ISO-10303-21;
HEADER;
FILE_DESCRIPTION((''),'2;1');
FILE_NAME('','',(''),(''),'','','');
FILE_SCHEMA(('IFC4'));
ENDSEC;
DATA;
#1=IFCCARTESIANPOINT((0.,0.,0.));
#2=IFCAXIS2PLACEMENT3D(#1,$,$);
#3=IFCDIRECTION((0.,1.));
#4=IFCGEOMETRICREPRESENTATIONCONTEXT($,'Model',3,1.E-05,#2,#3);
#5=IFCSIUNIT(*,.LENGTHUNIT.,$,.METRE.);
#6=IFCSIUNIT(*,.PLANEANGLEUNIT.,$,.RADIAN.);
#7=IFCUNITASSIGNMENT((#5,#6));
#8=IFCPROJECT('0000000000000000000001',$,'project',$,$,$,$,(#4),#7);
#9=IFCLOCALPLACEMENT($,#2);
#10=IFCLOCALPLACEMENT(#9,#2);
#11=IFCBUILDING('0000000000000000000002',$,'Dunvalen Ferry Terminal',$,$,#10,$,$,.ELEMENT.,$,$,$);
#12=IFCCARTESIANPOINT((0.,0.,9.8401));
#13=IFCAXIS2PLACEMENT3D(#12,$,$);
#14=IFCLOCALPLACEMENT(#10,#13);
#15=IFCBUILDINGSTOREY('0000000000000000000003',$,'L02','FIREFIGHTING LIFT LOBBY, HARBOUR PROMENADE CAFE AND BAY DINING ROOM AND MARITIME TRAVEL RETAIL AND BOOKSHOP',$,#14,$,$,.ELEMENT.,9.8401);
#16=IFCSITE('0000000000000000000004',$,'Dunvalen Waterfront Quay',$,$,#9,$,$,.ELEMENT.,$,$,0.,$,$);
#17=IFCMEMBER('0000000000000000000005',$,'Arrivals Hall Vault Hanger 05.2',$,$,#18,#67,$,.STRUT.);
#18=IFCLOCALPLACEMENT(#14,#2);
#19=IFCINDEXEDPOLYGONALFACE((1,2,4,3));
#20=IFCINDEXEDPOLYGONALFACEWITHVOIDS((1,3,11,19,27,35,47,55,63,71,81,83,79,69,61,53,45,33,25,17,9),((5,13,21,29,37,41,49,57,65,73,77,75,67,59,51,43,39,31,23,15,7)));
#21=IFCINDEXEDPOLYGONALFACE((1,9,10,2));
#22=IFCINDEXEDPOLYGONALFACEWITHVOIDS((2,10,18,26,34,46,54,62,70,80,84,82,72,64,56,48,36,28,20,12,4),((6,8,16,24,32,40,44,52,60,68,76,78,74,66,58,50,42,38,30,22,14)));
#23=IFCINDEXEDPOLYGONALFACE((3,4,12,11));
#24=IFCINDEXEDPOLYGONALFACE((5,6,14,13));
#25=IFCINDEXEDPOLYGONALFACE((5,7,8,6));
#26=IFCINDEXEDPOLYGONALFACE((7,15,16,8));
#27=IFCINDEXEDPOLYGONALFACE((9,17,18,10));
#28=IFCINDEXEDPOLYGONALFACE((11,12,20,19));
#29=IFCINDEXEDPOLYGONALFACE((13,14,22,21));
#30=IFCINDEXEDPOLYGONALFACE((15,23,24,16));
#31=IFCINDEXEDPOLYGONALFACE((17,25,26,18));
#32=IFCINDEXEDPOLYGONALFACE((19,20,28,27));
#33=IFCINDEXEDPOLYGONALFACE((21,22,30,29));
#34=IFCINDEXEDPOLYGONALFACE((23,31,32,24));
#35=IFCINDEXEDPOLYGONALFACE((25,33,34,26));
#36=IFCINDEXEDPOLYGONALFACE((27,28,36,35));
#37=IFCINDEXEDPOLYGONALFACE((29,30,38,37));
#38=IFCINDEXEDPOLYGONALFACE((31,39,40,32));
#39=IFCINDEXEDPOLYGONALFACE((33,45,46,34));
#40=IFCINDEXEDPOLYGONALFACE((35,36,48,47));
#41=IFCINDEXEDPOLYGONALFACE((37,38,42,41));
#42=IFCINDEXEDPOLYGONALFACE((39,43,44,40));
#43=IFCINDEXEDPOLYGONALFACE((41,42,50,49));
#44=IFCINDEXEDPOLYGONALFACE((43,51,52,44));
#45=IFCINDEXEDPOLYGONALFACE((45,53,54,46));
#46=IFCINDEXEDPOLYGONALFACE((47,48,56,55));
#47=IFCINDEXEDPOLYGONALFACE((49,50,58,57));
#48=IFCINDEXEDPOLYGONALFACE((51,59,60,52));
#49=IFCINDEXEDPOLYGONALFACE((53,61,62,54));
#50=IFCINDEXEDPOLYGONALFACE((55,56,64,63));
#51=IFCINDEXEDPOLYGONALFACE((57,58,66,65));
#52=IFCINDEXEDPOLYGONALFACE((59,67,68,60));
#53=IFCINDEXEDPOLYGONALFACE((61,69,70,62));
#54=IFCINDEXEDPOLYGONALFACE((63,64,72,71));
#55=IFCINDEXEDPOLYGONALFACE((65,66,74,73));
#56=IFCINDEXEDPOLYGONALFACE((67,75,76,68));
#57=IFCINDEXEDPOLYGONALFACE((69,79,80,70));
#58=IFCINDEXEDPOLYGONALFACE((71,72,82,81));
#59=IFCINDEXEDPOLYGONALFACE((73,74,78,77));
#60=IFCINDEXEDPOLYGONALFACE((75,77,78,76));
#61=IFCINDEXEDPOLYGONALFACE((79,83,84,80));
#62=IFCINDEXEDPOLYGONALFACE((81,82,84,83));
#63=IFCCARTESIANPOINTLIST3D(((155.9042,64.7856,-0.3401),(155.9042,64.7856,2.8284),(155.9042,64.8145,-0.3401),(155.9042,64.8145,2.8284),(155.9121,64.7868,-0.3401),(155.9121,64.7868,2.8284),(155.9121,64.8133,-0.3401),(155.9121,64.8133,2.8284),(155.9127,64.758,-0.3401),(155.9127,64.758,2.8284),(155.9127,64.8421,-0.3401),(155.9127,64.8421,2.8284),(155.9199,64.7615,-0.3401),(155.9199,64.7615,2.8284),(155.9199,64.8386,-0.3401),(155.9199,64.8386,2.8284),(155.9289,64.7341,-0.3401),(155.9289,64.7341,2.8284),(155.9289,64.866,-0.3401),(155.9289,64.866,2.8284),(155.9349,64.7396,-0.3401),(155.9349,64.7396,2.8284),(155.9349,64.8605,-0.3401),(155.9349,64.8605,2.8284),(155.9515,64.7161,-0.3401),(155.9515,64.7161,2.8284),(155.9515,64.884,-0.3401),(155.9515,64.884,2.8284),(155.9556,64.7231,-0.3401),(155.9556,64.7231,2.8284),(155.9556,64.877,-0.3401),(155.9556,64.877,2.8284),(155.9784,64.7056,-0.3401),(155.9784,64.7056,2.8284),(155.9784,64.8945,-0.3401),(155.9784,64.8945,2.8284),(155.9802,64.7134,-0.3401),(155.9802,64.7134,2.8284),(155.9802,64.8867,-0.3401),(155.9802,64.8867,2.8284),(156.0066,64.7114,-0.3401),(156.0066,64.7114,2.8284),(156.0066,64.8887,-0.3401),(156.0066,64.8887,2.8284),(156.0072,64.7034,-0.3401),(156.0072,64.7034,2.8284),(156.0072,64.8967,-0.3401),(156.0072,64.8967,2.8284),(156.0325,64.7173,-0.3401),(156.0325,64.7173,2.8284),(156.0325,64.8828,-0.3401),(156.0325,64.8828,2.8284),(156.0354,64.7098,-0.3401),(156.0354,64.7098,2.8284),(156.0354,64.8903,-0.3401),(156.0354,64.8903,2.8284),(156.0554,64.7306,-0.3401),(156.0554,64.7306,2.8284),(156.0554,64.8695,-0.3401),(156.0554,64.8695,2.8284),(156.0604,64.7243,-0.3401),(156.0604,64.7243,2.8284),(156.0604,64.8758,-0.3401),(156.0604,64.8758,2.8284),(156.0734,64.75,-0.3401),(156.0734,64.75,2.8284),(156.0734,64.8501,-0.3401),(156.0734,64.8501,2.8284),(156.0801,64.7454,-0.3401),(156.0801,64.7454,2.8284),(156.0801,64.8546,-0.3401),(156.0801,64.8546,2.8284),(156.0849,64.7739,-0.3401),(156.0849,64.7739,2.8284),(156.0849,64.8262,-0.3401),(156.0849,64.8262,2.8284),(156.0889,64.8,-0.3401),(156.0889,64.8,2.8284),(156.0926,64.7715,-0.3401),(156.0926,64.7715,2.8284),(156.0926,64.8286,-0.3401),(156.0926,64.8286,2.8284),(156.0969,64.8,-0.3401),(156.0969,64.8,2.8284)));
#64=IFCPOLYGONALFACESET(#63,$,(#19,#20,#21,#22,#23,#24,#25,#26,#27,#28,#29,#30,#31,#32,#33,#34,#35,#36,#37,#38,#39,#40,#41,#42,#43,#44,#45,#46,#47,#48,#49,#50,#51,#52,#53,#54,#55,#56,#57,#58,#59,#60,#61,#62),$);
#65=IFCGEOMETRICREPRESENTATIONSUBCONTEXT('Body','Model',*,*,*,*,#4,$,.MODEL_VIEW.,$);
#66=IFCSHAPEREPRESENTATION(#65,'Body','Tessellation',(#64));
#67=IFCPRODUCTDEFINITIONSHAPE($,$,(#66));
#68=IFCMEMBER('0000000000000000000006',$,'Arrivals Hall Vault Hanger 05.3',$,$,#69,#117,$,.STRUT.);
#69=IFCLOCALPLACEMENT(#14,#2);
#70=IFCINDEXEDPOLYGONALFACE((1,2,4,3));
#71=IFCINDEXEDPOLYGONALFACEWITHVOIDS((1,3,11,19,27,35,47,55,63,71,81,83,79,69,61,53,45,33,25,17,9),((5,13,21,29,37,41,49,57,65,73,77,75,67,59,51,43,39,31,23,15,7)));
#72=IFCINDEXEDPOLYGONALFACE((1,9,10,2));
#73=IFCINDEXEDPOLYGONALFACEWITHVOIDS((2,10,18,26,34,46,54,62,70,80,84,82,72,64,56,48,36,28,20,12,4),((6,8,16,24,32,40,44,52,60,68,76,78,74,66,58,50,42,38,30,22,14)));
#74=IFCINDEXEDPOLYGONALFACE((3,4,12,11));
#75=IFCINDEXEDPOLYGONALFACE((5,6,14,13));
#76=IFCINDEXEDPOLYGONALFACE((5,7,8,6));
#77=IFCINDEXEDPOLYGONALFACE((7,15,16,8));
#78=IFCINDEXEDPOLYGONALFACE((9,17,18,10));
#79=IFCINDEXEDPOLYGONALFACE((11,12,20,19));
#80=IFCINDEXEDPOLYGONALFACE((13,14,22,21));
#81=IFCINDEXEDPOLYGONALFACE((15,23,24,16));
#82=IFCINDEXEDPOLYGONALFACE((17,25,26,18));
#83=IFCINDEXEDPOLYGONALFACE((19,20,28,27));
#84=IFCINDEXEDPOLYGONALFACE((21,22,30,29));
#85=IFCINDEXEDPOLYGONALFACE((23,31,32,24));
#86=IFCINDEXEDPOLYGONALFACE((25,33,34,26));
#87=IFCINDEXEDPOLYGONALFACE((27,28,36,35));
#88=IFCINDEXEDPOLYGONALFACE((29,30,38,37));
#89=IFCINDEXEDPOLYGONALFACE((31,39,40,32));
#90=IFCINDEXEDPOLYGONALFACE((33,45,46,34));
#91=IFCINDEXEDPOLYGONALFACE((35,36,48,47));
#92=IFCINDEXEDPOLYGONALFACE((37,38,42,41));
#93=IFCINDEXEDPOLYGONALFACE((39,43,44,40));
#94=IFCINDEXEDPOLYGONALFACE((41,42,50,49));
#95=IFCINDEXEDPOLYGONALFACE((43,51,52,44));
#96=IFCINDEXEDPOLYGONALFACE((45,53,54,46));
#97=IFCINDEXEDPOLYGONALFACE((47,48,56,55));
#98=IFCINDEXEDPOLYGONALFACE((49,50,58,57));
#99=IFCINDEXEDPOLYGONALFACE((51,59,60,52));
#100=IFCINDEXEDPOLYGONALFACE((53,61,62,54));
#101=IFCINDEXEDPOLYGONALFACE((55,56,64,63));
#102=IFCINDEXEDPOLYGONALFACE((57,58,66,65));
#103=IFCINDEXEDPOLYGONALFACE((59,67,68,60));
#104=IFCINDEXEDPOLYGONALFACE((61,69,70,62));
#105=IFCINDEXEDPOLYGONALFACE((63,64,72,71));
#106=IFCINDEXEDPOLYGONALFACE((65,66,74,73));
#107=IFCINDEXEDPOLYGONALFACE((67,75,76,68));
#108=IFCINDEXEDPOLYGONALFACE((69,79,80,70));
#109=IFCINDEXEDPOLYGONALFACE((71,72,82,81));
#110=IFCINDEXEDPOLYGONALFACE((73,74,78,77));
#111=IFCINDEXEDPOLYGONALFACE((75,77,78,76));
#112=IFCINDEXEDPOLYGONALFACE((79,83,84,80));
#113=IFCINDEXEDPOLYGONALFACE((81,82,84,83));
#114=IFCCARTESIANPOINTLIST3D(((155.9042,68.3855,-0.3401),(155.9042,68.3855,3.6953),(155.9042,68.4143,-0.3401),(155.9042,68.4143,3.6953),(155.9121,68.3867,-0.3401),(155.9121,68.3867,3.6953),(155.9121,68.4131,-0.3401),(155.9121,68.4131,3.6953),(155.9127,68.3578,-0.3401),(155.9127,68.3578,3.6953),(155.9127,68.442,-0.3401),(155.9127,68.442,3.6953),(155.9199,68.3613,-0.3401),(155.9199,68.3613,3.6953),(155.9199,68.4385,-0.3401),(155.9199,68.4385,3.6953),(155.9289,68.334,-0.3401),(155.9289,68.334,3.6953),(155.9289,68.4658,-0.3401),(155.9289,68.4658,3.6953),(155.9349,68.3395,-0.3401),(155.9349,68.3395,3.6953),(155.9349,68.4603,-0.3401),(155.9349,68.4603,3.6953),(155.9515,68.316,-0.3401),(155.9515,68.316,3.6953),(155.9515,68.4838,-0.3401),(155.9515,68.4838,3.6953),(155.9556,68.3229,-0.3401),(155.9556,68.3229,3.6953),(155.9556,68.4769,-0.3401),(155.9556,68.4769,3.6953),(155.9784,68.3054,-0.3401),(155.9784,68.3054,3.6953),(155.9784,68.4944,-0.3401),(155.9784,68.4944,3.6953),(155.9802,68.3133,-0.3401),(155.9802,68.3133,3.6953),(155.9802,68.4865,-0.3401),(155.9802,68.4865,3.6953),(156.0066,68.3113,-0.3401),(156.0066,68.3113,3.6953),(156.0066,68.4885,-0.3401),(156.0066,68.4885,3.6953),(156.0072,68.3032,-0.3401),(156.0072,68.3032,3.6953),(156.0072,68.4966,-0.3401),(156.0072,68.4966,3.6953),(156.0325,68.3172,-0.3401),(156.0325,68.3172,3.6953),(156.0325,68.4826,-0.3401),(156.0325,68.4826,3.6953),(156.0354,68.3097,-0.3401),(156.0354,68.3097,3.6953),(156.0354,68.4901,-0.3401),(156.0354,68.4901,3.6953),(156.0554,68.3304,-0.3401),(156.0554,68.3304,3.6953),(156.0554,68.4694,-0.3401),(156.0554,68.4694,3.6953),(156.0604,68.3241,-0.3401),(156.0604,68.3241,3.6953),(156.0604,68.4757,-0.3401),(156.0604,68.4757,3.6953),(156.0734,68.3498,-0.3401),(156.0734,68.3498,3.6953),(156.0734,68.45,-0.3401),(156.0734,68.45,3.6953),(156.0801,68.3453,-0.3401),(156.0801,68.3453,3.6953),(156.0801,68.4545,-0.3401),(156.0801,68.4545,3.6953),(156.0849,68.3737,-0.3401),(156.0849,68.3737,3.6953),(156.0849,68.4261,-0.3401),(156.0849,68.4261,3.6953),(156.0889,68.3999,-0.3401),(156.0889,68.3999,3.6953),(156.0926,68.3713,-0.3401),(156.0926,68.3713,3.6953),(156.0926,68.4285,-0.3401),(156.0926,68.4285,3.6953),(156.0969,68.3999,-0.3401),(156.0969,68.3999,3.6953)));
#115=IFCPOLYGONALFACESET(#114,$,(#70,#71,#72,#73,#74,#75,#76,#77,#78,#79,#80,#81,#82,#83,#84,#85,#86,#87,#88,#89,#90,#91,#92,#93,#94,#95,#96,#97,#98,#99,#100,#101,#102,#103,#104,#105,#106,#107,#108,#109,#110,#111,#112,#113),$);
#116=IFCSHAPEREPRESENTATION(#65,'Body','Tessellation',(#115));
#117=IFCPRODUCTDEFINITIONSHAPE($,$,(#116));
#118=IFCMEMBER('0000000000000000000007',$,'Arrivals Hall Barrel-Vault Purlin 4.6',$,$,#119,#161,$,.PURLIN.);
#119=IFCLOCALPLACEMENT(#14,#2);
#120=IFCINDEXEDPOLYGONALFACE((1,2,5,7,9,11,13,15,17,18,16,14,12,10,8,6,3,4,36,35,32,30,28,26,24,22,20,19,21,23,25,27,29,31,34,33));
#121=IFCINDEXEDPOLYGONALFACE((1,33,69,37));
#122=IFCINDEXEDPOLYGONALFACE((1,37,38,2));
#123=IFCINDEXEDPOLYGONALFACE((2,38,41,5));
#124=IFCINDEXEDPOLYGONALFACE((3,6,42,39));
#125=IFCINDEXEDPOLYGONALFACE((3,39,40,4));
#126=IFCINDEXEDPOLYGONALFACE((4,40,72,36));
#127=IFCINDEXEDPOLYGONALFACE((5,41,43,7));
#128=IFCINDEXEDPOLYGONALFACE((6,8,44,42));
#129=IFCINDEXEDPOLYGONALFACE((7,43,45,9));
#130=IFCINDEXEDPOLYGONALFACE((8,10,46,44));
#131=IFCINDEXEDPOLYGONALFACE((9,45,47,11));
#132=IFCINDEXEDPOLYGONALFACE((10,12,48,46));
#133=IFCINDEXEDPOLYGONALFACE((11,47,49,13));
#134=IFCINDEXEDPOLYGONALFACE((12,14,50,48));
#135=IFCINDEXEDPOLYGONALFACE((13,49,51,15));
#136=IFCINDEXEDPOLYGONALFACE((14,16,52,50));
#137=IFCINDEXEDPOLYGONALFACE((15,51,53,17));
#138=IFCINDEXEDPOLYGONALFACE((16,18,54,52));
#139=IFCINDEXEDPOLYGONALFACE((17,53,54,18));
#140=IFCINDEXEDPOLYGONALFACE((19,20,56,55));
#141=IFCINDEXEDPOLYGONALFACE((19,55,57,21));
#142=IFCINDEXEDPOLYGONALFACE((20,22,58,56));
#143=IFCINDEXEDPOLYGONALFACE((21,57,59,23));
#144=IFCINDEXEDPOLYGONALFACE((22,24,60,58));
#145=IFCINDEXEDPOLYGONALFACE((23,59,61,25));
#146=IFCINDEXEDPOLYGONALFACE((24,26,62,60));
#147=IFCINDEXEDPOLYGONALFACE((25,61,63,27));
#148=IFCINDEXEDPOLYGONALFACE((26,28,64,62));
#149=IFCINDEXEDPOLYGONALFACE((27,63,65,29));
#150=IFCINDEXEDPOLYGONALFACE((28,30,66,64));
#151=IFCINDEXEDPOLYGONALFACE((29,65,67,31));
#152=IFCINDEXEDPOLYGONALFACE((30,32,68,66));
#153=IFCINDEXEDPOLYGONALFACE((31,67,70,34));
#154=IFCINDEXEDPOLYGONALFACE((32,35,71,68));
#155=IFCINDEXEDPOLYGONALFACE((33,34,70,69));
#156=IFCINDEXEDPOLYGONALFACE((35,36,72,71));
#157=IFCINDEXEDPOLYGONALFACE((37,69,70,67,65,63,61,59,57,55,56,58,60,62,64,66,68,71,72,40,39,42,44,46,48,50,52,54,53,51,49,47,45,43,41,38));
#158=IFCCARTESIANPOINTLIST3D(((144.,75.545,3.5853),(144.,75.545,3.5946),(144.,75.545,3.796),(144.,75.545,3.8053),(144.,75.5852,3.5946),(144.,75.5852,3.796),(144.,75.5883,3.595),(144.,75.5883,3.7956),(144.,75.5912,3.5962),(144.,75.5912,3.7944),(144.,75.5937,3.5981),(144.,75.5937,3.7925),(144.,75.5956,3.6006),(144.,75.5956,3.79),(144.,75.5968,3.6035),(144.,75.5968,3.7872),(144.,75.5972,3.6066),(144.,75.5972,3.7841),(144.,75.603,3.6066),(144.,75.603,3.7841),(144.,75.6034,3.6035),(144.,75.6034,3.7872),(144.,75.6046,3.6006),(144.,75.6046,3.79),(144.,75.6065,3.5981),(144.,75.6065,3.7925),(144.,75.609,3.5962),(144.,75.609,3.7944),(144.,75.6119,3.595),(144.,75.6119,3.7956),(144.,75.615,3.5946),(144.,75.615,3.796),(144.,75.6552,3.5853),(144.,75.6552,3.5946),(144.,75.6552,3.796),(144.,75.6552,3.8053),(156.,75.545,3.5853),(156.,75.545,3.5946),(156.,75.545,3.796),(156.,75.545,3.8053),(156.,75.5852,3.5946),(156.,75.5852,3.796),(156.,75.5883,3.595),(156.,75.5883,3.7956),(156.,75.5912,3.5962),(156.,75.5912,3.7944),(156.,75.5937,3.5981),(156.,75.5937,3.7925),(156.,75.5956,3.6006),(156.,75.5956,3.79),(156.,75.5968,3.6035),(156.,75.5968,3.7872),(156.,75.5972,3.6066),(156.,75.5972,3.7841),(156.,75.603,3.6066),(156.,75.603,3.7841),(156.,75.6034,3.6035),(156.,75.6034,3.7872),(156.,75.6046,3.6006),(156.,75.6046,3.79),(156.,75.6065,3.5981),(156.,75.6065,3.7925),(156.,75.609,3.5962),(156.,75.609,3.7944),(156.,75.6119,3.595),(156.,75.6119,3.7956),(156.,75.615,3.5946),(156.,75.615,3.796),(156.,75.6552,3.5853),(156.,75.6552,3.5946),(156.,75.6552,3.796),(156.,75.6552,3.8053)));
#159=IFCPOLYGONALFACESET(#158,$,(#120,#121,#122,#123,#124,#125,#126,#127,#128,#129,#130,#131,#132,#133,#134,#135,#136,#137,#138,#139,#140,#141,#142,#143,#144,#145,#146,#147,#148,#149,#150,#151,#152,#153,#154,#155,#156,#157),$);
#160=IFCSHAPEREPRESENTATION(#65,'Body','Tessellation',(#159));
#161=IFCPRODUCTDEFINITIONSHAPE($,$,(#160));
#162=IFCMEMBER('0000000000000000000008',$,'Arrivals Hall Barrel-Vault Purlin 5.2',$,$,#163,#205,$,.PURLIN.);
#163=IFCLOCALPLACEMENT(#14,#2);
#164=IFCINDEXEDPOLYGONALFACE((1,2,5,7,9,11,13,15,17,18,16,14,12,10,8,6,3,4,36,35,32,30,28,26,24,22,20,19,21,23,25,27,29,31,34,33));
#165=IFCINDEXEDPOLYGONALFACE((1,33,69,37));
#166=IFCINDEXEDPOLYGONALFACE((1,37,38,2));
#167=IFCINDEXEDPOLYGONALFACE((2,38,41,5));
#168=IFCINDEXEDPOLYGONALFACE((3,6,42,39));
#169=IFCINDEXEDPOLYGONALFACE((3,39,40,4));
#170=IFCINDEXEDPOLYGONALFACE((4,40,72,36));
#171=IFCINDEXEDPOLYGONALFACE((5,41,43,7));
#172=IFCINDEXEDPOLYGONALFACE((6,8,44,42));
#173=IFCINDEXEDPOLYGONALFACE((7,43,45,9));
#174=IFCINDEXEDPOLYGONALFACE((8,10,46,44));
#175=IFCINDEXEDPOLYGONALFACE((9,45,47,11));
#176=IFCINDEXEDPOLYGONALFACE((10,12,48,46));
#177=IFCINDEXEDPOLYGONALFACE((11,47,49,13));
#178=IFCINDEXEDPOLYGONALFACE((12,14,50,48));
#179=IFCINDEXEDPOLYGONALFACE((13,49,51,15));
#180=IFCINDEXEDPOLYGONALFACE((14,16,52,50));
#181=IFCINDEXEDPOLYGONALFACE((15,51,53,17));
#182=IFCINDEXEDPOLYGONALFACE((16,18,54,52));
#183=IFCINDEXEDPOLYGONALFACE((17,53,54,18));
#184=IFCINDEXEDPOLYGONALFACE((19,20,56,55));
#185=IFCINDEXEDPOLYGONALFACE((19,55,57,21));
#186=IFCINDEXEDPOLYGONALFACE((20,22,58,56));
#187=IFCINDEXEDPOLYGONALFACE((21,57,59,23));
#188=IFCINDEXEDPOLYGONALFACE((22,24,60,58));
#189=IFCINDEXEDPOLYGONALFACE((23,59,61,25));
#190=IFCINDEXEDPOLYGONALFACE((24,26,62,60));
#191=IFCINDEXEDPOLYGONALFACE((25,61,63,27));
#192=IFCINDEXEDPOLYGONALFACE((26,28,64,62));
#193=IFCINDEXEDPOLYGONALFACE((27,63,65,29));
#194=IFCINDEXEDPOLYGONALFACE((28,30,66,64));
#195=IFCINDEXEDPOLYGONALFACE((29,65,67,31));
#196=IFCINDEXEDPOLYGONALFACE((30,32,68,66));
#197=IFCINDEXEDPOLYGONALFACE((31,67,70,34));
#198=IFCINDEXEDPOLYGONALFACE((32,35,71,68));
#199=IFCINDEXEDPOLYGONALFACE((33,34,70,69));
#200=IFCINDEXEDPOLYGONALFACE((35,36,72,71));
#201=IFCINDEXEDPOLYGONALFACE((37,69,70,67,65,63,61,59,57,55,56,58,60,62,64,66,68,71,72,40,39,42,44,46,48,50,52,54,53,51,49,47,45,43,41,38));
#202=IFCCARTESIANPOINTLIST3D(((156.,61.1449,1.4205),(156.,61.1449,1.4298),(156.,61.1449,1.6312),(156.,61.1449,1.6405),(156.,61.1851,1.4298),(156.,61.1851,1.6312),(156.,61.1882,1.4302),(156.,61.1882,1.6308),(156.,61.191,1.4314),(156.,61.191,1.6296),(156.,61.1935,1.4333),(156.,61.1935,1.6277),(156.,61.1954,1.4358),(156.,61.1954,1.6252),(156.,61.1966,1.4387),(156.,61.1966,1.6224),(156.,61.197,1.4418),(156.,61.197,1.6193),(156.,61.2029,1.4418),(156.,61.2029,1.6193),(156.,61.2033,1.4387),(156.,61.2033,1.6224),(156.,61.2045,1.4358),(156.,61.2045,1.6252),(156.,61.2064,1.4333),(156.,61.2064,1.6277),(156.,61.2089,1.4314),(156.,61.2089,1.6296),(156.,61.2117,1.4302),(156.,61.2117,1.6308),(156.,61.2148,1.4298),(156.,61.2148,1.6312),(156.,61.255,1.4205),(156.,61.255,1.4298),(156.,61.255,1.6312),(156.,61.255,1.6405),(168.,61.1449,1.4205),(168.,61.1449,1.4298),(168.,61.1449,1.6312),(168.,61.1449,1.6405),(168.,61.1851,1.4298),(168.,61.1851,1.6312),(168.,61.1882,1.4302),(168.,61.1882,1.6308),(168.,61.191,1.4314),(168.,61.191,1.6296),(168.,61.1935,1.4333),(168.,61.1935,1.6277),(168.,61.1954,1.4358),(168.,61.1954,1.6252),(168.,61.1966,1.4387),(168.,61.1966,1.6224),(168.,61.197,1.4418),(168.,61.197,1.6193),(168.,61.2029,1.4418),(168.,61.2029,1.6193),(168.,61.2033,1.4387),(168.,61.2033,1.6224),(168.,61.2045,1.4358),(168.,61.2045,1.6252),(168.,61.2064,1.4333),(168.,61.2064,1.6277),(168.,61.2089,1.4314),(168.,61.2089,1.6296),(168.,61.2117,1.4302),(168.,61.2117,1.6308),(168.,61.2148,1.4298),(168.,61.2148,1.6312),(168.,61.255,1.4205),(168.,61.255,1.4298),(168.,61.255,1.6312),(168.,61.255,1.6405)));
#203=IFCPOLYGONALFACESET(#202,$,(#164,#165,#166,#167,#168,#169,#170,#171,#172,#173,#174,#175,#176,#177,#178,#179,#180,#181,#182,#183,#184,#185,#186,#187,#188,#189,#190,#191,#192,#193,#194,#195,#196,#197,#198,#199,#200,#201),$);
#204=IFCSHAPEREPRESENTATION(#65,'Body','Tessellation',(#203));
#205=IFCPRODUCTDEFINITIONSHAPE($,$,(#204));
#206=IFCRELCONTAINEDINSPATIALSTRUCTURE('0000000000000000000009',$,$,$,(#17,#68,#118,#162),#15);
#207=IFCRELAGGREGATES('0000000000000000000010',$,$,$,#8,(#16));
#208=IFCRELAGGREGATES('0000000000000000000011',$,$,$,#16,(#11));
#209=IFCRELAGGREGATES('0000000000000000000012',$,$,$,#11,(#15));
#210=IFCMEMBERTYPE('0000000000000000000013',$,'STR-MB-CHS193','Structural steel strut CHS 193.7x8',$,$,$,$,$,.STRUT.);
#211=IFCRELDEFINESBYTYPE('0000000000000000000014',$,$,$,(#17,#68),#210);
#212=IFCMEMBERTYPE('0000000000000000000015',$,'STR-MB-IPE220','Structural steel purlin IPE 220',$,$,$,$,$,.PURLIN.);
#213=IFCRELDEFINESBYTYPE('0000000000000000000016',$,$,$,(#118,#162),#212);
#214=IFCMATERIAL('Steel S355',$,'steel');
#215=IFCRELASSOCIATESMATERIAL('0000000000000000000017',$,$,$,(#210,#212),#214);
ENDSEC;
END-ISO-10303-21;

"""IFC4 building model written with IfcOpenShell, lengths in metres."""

from ifc_helpers import new_model, si_unit, direction, frame, origin, origin_2d, place, context, subcontext, project, spatial, hollow_circle, i_section, extrude, material, material_profile, profile_set, type_object, element, save


model = new_model("IFC4")

# Units and contexts
model_context = context("Model", 3, precision=1e-05, world=origin(), true_north=direction((0.0, 1.0)))
body_context = subcontext(model_context, "Body", "Model", "MODEL_VIEW")
ifc_project = project(units=[si_unit("LENGTHUNIT", "METRE"), si_unit("PLANEANGLEUNIT", "RADIAN")], contexts=[model_context])

# Site, building, storey
site_placement = place(None, origin())
site = spatial("IfcSite", under=ifc_project, at=site_placement, Name="Dunvalen Waterfront Quay", CompositionType="ELEMENT", RefElevation=0.0)
building_placement = place(site_placement, origin())
building = spatial("IfcBuilding", under=site, at=building_placement, Name="Dunvalen Ferry Terminal", CompositionType="ELEMENT")
storey_placement = place(building_placement, frame((0.0, 0.0, 9.8401)))
storey = spatial("IfcBuildingStorey", under=building, at=storey_placement, Name="L02", Description="FIREFIGHTING LIFT LOBBY, HARBOUR PROMENADE CAFE AND BAY DINING ROOM AND MARITIME TRAVEL RETAIL AND BOOKSHOP", CompositionType="ELEMENT", Elevation=9.8401)

# Shared definitions
ifc_material_1 = material(Name="Steel S355", Category="steel")

# Members
ifc_material_profile_1 = material_profile(ifc_material_1, hollow_circle(Radius=0.0969, WallThickness=0.0081, at=origin_2d()), Name="Steel S355")
ifc_profile_set_1 = profile_set([ifc_material_profile_1], Name="Steel S355")
member_type_1 = type_object("IfcMemberType", Name="STR-MB-CHS193", Description="Structural steel strut CHS 193.7x8", PredefinedType="STRUT", material=ifc_profile_set_1)
member_1_placement = place(storey_placement, frame((156.0, 64.8, -0.3401), z_axis=(0.0, 0.0, 1.0), x_axis=(1.0, 0.0, 0.0)))
element("IfcMember", 1, at=member_1_placement, inside=storey, type_object=member_type_1, Name="Arrivals Hall Vault Hanger 05.2", PredefinedType="STRUT", context=body_context, shape_type="SweptSolid", body=[
    extrude(hollow_circle(Radius=0.0969, WallThickness=0.0081, at=origin_2d()), origin(), (0.0, 0.0, 1.0), 3.1685),
])
member_2_placement = place(storey_placement, frame((156.0, 68.3999, -0.3401), z_axis=(0.0, 0.0, 1.0), x_axis=(1.0, 0.0, 0.0)))
element("IfcMember", 2, at=member_2_placement, inside=storey, type_object=member_type_1, Name="Arrivals Hall Vault Hanger 05.3", PredefinedType="STRUT", context=body_context, shape_type="SweptSolid", body=[
    extrude(hollow_circle(Radius=0.0969, WallThickness=0.0081, at=origin_2d()), origin(), (0.0, 0.0, 1.0), 4.0354),
])
ifc_material_profile_2 = material_profile(ifc_material_1, i_section(OverallWidth=0.1101, OverallDepth=0.22, WebThickness=0.0059, FlangeThickness=0.0093, FilletRadius=0.012, at=origin_2d()), Name="Steel S355")
ifc_profile_set_2 = profile_set([ifc_material_profile_2], Name="Steel S355")
member_type_2 = type_object("IfcMemberType", Name="STR-MB-IPE220", Description="Structural steel purlin IPE 220", PredefinedType="PURLIN", material=ifc_profile_set_2)
for number, where, z_axis, x_axis, name in (
    (3, (144.0, 75.6001, 3.6953), (1.0, 0.0, 0.0), (0.0, 1.0, 0.0), "Arrivals Hall Barrel-Vault Purlin 4.6"),
    (4, (156.0, 61.2, 1.5305), (1.0, 0.0, 0.0), (0.0, 1.0, 0.0), "Arrivals Hall Barrel-Vault Purlin 5.2"),
):
    element("IfcMember", number, at=place(storey_placement, frame(where, z_axis=z_axis, x_axis=x_axis)), inside=storey, type_object=member_type_2, Name=name, PredefinedType="PURLIN", context=body_context, shape_type="SweptSolid", body=[
        extrude(i_section(OverallWidth=0.1101, OverallDepth=0.22, WebThickness=0.0059, FlangeThickness=0.0093, FilletRadius=0.012, at=origin_2d()), origin(), (0.0, 0.0, 1.0), 12.0),
    ])

save(model, "model.ifc")
